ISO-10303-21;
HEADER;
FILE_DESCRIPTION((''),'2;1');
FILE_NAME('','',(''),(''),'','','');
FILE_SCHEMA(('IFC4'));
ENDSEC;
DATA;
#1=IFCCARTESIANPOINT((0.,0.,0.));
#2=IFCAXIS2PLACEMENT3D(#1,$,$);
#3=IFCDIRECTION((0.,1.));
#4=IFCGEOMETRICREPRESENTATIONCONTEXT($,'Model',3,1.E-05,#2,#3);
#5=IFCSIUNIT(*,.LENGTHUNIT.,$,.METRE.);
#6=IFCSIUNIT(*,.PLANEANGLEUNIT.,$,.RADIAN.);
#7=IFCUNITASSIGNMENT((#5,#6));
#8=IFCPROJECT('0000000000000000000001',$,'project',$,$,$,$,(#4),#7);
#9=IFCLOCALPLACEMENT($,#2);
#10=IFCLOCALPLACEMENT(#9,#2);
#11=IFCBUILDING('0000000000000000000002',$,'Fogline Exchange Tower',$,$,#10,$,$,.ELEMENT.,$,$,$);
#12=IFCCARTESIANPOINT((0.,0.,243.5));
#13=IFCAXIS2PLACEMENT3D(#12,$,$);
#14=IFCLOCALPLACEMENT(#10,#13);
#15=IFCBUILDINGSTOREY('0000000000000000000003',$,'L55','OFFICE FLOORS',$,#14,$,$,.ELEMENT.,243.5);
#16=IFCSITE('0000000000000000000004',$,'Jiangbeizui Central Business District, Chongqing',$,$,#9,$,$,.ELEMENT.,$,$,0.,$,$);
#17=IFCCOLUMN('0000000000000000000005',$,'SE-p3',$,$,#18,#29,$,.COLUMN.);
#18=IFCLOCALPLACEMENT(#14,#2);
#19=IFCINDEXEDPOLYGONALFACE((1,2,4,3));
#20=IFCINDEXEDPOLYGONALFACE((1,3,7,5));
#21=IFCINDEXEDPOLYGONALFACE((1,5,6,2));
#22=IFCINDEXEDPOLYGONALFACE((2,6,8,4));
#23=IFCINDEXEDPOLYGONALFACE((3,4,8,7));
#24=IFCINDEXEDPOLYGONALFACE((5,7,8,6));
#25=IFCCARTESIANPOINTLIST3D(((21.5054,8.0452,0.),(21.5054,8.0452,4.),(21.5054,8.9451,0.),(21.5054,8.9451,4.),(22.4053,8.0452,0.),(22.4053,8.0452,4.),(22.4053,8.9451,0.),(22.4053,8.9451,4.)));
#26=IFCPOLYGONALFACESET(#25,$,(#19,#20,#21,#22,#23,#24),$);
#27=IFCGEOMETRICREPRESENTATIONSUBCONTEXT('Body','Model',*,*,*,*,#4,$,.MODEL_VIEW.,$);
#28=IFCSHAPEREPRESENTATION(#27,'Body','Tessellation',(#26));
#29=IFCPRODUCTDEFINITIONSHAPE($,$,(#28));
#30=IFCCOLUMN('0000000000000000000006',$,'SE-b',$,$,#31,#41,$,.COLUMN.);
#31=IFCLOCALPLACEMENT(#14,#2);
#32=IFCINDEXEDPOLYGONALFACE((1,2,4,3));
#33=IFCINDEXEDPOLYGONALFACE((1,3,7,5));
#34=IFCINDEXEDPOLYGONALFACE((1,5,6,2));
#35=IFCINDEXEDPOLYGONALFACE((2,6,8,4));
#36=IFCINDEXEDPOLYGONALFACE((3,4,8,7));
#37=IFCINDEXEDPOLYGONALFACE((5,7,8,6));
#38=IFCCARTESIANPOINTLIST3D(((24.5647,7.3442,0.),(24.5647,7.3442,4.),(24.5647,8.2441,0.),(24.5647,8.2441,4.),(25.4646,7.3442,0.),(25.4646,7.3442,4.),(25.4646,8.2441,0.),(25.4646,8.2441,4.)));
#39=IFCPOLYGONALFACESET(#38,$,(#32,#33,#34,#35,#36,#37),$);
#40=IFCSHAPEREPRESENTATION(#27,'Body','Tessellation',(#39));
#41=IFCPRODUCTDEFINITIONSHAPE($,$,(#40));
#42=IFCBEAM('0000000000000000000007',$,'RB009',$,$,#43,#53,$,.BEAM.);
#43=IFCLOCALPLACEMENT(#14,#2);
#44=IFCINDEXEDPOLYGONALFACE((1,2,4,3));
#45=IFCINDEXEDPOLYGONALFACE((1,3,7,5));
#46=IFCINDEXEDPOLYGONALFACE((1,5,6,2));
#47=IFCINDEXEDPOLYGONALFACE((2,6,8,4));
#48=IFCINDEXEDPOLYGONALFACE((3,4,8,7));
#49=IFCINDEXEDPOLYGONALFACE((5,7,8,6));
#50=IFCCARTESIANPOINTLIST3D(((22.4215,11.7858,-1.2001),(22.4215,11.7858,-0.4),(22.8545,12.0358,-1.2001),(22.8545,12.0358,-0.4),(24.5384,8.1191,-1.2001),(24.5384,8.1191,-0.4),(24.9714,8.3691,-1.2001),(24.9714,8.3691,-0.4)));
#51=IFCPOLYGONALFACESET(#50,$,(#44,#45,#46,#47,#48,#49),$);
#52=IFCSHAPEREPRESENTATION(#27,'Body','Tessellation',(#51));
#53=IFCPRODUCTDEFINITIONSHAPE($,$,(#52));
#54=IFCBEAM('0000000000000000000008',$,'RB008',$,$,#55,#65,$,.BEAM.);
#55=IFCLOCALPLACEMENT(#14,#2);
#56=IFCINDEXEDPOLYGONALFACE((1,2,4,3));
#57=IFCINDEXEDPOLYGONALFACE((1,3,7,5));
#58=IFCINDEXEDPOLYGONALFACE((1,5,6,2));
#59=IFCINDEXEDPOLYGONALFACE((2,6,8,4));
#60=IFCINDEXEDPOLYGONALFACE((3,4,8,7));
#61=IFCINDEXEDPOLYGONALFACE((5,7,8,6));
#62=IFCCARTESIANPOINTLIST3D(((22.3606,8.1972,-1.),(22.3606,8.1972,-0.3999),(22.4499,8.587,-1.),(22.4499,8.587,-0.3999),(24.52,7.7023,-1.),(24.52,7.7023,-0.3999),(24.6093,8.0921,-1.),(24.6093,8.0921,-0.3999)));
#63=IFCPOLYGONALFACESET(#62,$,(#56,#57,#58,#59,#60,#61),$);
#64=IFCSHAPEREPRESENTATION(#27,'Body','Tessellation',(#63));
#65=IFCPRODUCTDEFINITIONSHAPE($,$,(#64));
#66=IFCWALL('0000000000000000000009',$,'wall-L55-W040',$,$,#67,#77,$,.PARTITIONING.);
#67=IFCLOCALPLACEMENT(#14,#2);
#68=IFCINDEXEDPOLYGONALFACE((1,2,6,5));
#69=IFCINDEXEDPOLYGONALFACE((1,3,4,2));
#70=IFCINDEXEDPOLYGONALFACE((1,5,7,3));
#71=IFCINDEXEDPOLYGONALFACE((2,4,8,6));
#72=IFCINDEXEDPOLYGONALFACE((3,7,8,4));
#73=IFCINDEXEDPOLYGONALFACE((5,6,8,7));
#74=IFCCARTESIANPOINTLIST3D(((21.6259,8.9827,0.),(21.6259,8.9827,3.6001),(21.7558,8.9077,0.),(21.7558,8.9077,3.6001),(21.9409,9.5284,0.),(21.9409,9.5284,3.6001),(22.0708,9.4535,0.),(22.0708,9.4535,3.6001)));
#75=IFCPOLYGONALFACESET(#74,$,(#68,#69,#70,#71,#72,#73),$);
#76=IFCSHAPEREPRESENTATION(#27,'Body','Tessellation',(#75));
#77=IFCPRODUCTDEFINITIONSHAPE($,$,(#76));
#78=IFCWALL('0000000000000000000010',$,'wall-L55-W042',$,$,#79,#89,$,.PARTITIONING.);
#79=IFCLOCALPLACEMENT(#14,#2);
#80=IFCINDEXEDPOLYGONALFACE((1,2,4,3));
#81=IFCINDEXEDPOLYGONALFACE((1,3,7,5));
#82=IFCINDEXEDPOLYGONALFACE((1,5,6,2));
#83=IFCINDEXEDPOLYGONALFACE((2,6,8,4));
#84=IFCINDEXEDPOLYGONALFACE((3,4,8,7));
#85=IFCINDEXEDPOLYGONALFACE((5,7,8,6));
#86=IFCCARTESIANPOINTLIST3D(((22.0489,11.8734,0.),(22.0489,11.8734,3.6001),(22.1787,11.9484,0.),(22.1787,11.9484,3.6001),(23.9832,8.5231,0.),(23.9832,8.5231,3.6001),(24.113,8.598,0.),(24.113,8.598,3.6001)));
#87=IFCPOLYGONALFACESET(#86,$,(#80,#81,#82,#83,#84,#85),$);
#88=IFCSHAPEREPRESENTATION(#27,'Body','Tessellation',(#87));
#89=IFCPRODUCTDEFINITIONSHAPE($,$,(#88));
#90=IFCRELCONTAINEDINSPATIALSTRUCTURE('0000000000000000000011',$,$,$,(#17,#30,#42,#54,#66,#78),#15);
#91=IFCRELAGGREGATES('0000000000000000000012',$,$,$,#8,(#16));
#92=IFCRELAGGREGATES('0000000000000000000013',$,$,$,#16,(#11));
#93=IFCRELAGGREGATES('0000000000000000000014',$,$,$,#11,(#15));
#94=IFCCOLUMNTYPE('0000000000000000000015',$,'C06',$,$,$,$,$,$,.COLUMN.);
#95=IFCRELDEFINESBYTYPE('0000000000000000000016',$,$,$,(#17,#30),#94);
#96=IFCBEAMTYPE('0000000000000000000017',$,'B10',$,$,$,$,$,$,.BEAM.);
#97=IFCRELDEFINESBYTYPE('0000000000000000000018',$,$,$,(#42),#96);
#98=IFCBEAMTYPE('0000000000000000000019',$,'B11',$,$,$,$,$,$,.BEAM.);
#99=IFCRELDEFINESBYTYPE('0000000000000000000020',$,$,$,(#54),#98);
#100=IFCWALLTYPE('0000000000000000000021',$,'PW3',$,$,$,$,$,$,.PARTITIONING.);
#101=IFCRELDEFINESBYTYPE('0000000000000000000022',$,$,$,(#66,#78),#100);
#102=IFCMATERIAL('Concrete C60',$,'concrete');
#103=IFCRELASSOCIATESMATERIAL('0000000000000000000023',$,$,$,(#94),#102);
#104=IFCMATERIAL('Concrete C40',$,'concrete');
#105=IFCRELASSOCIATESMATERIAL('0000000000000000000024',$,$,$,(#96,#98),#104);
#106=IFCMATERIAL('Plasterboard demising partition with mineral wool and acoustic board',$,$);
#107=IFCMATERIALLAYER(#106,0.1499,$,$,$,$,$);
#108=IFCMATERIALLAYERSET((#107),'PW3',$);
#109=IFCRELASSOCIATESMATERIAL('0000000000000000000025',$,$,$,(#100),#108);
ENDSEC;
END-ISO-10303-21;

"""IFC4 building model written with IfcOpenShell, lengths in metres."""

from ifc_helpers import new_model, si_unit, direction, frame, frame_2d, origin, origin_2d, place, context, subcontext, project, spatial, rectangle, extrude, material, layer, layer_set, material_profile, profile_set, type_object, element, save


model = new_model("IFC4")

# Units and contexts
model_context = context("Model", 3, precision=1e-05, world=origin(), true_north=direction((0.0, 1.0)))
body_context = subcontext(model_context, "Body", "Model", "MODEL_VIEW")
ifc_project = project(units=[si_unit("LENGTHUNIT", "METRE"), si_unit("PLANEANGLEUNIT", "RADIAN")], contexts=[model_context])

# Site, building, storey
site_placement = place(None, origin())
site = spatial("IfcSite", under=ifc_project, at=site_placement, Name="Jiangbeizui Central Business District, Chongqing", CompositionType="ELEMENT", RefElevation=0.0)
building_placement = place(site_placement, origin())
building = spatial("IfcBuilding", under=site, at=building_placement, Name="Fogline Exchange Tower", CompositionType="ELEMENT")
storey_placement = place(building_placement, frame((0.0, 0.0, 243.5)))
storey = spatial("IfcBuildingStorey", under=building, at=storey_placement, Name="L55", Description="OFFICE FLOORS", CompositionType="ELEMENT", Elevation=243.5)

# Columns
ifc_material_1 = material(Name="Concrete C60", Category="concrete")
ifc_material_profile_1 = material_profile(ifc_material_1, rectangle(XDim=0.8999, YDim=0.8999, at=origin_2d()), Name="RC 900x900")
ifc_profile_set_1 = profile_set([ifc_material_profile_1], Name="Concrete C60")
column_type = type_object("IfcColumnType", Name="C06", PredefinedType="COLUMN", material=ifc_profile_set_1)
for number, where, z_axis, x_axis, name in (
    (1, (21.9553, 8.4951, 0.0), (0.0, 0.0, 1.0), (1.0, 0.0, 0.0), "SE-p3"),
    (2, (25.0146, 7.7942, 0.0), (0.0, 0.0, 1.0), (1.0, 0.0, 0.0), "SE-b"),
):
    element("IfcColumn", number, at=place(storey_placement, frame(where, z_axis=z_axis, x_axis=x_axis)), inside=storey, type_object=column_type, Name=name, PredefinedType="COLUMN", context=body_context, shape_type="SweptSolid", body=[
        extrude(rectangle(XDim=0.8999, YDim=0.8999, at=origin_2d()), origin(), (0.0, 0.0, 1.0), 4.0),
    ])

# Beams
ifc_material_2 = material(Name="Concrete C40", Category="concrete")
ifc_material_profile_2 = material_profile(ifc_material_2, rectangle(XDim=0.5, YDim=0.8, at=origin_2d()), Name="RC 500x800")
ifc_profile_set_2 = profile_set([ifc_material_profile_2], Name="Concrete C40")
beam_type_1 = type_object("IfcBeamType", Name="B10", PredefinedType="BEAM", material=ifc_profile_set_2)
beam_1_placement = place(storey_placement, frame((24.7549, 8.2441, -0.8), z_axis=(-0.49999, 0.866031, 0.0), x_axis=(-0.866031, -0.49999, 0.0)))
element("IfcBeam", 3, at=beam_1_placement, inside=storey, type_object=beam_type_1, Name="RB009", PredefinedType="BEAM", context=body_context, shape_type="SweptSolid", body=[
    extrude(rectangle(XDim=0.5, YDim=0.8, at=origin_2d()), origin(), (0.0, 0.0, 1.0), 4.2339),
])
ifc_material_profile_3 = material_profile(ifc_material_2, rectangle(XDim=0.3999, YDim=0.6001, at=origin_2d()), Name="RC 400x600")
ifc_profile_set_3 = profile_set([ifc_material_profile_3], Name="Concrete C40")
beam_type_2 = type_object("IfcBeamType", Name="B11", PredefinedType="BEAM", material=ifc_profile_set_3)
beam_2_placement = place(storey_placement, frame((22.4053, 8.3921, -0.7), z_axis=(0.974732, -0.223378, 0.0), x_axis=(0.223378, 0.974732, 0.0)))
element("IfcBeam", 4, at=beam_2_placement, inside=storey, type_object=beam_type_2, Name="RB008", PredefinedType="BEAM", context=body_context, shape_type="SweptSolid", body=[
    extrude(rectangle(XDim=0.3999, YDim=0.6001, at=origin_2d()), origin(), (0.0, 0.0, 1.0), 2.2153),
])

# Walls
ifc_material_3 = material(Name="Plasterboard demising partition with mineral wool and acoustic board")
ifc_layer_1 = layer(ifc_material_3, 0.1499)
ifc_layer_set_1 = layer_set([ifc_layer_1], Name="PW3")
wall_type_1 = type_object("IfcWallType", Name="PW3", PredefinedType="PARTITIONING", material=ifc_layer_set_1)
wall_1_placement = place(storey_placement, frame((21.6909, 8.9453, 0.0), z_axis=(0.0, 0.0, 1.0), x_axis=(0.49989, 0.866089, 0.0)))
element("IfcWall", 5, at=wall_1_placement, inside=storey, type_object=wall_type_1, Name="wall-L55-W040", PredefinedType="PARTITIONING", context=body_context, shape_type="SweptSolid", body=[
    extrude(rectangle(XDim=0.6301, YDim=0.1499, at=frame_2d((0.3149, 0.0))), origin(), (0.0, 0.0, 1.0), 3.6001),
])
wall_2_placement = place(storey_placement, frame((24.0481, 8.5605, 0.0), z_axis=(0.0, 0.0, 1.0), x_axis=(-0.500001, 0.866025, 0.0)))
element("IfcWall", 6, at=wall_2_placement, inside=storey, type_object=wall_type_1, Name="wall-L55-W042", PredefinedType="PARTITIONING", context=body_context, shape_type="SweptSolid", body=[
    extrude(rectangle(XDim=3.8687, YDim=0.1499, at=frame_2d((1.9343, 0.0))), origin(), (0.0, 0.0, 1.0), 3.6001),
])

save(model, "model.ifc")
